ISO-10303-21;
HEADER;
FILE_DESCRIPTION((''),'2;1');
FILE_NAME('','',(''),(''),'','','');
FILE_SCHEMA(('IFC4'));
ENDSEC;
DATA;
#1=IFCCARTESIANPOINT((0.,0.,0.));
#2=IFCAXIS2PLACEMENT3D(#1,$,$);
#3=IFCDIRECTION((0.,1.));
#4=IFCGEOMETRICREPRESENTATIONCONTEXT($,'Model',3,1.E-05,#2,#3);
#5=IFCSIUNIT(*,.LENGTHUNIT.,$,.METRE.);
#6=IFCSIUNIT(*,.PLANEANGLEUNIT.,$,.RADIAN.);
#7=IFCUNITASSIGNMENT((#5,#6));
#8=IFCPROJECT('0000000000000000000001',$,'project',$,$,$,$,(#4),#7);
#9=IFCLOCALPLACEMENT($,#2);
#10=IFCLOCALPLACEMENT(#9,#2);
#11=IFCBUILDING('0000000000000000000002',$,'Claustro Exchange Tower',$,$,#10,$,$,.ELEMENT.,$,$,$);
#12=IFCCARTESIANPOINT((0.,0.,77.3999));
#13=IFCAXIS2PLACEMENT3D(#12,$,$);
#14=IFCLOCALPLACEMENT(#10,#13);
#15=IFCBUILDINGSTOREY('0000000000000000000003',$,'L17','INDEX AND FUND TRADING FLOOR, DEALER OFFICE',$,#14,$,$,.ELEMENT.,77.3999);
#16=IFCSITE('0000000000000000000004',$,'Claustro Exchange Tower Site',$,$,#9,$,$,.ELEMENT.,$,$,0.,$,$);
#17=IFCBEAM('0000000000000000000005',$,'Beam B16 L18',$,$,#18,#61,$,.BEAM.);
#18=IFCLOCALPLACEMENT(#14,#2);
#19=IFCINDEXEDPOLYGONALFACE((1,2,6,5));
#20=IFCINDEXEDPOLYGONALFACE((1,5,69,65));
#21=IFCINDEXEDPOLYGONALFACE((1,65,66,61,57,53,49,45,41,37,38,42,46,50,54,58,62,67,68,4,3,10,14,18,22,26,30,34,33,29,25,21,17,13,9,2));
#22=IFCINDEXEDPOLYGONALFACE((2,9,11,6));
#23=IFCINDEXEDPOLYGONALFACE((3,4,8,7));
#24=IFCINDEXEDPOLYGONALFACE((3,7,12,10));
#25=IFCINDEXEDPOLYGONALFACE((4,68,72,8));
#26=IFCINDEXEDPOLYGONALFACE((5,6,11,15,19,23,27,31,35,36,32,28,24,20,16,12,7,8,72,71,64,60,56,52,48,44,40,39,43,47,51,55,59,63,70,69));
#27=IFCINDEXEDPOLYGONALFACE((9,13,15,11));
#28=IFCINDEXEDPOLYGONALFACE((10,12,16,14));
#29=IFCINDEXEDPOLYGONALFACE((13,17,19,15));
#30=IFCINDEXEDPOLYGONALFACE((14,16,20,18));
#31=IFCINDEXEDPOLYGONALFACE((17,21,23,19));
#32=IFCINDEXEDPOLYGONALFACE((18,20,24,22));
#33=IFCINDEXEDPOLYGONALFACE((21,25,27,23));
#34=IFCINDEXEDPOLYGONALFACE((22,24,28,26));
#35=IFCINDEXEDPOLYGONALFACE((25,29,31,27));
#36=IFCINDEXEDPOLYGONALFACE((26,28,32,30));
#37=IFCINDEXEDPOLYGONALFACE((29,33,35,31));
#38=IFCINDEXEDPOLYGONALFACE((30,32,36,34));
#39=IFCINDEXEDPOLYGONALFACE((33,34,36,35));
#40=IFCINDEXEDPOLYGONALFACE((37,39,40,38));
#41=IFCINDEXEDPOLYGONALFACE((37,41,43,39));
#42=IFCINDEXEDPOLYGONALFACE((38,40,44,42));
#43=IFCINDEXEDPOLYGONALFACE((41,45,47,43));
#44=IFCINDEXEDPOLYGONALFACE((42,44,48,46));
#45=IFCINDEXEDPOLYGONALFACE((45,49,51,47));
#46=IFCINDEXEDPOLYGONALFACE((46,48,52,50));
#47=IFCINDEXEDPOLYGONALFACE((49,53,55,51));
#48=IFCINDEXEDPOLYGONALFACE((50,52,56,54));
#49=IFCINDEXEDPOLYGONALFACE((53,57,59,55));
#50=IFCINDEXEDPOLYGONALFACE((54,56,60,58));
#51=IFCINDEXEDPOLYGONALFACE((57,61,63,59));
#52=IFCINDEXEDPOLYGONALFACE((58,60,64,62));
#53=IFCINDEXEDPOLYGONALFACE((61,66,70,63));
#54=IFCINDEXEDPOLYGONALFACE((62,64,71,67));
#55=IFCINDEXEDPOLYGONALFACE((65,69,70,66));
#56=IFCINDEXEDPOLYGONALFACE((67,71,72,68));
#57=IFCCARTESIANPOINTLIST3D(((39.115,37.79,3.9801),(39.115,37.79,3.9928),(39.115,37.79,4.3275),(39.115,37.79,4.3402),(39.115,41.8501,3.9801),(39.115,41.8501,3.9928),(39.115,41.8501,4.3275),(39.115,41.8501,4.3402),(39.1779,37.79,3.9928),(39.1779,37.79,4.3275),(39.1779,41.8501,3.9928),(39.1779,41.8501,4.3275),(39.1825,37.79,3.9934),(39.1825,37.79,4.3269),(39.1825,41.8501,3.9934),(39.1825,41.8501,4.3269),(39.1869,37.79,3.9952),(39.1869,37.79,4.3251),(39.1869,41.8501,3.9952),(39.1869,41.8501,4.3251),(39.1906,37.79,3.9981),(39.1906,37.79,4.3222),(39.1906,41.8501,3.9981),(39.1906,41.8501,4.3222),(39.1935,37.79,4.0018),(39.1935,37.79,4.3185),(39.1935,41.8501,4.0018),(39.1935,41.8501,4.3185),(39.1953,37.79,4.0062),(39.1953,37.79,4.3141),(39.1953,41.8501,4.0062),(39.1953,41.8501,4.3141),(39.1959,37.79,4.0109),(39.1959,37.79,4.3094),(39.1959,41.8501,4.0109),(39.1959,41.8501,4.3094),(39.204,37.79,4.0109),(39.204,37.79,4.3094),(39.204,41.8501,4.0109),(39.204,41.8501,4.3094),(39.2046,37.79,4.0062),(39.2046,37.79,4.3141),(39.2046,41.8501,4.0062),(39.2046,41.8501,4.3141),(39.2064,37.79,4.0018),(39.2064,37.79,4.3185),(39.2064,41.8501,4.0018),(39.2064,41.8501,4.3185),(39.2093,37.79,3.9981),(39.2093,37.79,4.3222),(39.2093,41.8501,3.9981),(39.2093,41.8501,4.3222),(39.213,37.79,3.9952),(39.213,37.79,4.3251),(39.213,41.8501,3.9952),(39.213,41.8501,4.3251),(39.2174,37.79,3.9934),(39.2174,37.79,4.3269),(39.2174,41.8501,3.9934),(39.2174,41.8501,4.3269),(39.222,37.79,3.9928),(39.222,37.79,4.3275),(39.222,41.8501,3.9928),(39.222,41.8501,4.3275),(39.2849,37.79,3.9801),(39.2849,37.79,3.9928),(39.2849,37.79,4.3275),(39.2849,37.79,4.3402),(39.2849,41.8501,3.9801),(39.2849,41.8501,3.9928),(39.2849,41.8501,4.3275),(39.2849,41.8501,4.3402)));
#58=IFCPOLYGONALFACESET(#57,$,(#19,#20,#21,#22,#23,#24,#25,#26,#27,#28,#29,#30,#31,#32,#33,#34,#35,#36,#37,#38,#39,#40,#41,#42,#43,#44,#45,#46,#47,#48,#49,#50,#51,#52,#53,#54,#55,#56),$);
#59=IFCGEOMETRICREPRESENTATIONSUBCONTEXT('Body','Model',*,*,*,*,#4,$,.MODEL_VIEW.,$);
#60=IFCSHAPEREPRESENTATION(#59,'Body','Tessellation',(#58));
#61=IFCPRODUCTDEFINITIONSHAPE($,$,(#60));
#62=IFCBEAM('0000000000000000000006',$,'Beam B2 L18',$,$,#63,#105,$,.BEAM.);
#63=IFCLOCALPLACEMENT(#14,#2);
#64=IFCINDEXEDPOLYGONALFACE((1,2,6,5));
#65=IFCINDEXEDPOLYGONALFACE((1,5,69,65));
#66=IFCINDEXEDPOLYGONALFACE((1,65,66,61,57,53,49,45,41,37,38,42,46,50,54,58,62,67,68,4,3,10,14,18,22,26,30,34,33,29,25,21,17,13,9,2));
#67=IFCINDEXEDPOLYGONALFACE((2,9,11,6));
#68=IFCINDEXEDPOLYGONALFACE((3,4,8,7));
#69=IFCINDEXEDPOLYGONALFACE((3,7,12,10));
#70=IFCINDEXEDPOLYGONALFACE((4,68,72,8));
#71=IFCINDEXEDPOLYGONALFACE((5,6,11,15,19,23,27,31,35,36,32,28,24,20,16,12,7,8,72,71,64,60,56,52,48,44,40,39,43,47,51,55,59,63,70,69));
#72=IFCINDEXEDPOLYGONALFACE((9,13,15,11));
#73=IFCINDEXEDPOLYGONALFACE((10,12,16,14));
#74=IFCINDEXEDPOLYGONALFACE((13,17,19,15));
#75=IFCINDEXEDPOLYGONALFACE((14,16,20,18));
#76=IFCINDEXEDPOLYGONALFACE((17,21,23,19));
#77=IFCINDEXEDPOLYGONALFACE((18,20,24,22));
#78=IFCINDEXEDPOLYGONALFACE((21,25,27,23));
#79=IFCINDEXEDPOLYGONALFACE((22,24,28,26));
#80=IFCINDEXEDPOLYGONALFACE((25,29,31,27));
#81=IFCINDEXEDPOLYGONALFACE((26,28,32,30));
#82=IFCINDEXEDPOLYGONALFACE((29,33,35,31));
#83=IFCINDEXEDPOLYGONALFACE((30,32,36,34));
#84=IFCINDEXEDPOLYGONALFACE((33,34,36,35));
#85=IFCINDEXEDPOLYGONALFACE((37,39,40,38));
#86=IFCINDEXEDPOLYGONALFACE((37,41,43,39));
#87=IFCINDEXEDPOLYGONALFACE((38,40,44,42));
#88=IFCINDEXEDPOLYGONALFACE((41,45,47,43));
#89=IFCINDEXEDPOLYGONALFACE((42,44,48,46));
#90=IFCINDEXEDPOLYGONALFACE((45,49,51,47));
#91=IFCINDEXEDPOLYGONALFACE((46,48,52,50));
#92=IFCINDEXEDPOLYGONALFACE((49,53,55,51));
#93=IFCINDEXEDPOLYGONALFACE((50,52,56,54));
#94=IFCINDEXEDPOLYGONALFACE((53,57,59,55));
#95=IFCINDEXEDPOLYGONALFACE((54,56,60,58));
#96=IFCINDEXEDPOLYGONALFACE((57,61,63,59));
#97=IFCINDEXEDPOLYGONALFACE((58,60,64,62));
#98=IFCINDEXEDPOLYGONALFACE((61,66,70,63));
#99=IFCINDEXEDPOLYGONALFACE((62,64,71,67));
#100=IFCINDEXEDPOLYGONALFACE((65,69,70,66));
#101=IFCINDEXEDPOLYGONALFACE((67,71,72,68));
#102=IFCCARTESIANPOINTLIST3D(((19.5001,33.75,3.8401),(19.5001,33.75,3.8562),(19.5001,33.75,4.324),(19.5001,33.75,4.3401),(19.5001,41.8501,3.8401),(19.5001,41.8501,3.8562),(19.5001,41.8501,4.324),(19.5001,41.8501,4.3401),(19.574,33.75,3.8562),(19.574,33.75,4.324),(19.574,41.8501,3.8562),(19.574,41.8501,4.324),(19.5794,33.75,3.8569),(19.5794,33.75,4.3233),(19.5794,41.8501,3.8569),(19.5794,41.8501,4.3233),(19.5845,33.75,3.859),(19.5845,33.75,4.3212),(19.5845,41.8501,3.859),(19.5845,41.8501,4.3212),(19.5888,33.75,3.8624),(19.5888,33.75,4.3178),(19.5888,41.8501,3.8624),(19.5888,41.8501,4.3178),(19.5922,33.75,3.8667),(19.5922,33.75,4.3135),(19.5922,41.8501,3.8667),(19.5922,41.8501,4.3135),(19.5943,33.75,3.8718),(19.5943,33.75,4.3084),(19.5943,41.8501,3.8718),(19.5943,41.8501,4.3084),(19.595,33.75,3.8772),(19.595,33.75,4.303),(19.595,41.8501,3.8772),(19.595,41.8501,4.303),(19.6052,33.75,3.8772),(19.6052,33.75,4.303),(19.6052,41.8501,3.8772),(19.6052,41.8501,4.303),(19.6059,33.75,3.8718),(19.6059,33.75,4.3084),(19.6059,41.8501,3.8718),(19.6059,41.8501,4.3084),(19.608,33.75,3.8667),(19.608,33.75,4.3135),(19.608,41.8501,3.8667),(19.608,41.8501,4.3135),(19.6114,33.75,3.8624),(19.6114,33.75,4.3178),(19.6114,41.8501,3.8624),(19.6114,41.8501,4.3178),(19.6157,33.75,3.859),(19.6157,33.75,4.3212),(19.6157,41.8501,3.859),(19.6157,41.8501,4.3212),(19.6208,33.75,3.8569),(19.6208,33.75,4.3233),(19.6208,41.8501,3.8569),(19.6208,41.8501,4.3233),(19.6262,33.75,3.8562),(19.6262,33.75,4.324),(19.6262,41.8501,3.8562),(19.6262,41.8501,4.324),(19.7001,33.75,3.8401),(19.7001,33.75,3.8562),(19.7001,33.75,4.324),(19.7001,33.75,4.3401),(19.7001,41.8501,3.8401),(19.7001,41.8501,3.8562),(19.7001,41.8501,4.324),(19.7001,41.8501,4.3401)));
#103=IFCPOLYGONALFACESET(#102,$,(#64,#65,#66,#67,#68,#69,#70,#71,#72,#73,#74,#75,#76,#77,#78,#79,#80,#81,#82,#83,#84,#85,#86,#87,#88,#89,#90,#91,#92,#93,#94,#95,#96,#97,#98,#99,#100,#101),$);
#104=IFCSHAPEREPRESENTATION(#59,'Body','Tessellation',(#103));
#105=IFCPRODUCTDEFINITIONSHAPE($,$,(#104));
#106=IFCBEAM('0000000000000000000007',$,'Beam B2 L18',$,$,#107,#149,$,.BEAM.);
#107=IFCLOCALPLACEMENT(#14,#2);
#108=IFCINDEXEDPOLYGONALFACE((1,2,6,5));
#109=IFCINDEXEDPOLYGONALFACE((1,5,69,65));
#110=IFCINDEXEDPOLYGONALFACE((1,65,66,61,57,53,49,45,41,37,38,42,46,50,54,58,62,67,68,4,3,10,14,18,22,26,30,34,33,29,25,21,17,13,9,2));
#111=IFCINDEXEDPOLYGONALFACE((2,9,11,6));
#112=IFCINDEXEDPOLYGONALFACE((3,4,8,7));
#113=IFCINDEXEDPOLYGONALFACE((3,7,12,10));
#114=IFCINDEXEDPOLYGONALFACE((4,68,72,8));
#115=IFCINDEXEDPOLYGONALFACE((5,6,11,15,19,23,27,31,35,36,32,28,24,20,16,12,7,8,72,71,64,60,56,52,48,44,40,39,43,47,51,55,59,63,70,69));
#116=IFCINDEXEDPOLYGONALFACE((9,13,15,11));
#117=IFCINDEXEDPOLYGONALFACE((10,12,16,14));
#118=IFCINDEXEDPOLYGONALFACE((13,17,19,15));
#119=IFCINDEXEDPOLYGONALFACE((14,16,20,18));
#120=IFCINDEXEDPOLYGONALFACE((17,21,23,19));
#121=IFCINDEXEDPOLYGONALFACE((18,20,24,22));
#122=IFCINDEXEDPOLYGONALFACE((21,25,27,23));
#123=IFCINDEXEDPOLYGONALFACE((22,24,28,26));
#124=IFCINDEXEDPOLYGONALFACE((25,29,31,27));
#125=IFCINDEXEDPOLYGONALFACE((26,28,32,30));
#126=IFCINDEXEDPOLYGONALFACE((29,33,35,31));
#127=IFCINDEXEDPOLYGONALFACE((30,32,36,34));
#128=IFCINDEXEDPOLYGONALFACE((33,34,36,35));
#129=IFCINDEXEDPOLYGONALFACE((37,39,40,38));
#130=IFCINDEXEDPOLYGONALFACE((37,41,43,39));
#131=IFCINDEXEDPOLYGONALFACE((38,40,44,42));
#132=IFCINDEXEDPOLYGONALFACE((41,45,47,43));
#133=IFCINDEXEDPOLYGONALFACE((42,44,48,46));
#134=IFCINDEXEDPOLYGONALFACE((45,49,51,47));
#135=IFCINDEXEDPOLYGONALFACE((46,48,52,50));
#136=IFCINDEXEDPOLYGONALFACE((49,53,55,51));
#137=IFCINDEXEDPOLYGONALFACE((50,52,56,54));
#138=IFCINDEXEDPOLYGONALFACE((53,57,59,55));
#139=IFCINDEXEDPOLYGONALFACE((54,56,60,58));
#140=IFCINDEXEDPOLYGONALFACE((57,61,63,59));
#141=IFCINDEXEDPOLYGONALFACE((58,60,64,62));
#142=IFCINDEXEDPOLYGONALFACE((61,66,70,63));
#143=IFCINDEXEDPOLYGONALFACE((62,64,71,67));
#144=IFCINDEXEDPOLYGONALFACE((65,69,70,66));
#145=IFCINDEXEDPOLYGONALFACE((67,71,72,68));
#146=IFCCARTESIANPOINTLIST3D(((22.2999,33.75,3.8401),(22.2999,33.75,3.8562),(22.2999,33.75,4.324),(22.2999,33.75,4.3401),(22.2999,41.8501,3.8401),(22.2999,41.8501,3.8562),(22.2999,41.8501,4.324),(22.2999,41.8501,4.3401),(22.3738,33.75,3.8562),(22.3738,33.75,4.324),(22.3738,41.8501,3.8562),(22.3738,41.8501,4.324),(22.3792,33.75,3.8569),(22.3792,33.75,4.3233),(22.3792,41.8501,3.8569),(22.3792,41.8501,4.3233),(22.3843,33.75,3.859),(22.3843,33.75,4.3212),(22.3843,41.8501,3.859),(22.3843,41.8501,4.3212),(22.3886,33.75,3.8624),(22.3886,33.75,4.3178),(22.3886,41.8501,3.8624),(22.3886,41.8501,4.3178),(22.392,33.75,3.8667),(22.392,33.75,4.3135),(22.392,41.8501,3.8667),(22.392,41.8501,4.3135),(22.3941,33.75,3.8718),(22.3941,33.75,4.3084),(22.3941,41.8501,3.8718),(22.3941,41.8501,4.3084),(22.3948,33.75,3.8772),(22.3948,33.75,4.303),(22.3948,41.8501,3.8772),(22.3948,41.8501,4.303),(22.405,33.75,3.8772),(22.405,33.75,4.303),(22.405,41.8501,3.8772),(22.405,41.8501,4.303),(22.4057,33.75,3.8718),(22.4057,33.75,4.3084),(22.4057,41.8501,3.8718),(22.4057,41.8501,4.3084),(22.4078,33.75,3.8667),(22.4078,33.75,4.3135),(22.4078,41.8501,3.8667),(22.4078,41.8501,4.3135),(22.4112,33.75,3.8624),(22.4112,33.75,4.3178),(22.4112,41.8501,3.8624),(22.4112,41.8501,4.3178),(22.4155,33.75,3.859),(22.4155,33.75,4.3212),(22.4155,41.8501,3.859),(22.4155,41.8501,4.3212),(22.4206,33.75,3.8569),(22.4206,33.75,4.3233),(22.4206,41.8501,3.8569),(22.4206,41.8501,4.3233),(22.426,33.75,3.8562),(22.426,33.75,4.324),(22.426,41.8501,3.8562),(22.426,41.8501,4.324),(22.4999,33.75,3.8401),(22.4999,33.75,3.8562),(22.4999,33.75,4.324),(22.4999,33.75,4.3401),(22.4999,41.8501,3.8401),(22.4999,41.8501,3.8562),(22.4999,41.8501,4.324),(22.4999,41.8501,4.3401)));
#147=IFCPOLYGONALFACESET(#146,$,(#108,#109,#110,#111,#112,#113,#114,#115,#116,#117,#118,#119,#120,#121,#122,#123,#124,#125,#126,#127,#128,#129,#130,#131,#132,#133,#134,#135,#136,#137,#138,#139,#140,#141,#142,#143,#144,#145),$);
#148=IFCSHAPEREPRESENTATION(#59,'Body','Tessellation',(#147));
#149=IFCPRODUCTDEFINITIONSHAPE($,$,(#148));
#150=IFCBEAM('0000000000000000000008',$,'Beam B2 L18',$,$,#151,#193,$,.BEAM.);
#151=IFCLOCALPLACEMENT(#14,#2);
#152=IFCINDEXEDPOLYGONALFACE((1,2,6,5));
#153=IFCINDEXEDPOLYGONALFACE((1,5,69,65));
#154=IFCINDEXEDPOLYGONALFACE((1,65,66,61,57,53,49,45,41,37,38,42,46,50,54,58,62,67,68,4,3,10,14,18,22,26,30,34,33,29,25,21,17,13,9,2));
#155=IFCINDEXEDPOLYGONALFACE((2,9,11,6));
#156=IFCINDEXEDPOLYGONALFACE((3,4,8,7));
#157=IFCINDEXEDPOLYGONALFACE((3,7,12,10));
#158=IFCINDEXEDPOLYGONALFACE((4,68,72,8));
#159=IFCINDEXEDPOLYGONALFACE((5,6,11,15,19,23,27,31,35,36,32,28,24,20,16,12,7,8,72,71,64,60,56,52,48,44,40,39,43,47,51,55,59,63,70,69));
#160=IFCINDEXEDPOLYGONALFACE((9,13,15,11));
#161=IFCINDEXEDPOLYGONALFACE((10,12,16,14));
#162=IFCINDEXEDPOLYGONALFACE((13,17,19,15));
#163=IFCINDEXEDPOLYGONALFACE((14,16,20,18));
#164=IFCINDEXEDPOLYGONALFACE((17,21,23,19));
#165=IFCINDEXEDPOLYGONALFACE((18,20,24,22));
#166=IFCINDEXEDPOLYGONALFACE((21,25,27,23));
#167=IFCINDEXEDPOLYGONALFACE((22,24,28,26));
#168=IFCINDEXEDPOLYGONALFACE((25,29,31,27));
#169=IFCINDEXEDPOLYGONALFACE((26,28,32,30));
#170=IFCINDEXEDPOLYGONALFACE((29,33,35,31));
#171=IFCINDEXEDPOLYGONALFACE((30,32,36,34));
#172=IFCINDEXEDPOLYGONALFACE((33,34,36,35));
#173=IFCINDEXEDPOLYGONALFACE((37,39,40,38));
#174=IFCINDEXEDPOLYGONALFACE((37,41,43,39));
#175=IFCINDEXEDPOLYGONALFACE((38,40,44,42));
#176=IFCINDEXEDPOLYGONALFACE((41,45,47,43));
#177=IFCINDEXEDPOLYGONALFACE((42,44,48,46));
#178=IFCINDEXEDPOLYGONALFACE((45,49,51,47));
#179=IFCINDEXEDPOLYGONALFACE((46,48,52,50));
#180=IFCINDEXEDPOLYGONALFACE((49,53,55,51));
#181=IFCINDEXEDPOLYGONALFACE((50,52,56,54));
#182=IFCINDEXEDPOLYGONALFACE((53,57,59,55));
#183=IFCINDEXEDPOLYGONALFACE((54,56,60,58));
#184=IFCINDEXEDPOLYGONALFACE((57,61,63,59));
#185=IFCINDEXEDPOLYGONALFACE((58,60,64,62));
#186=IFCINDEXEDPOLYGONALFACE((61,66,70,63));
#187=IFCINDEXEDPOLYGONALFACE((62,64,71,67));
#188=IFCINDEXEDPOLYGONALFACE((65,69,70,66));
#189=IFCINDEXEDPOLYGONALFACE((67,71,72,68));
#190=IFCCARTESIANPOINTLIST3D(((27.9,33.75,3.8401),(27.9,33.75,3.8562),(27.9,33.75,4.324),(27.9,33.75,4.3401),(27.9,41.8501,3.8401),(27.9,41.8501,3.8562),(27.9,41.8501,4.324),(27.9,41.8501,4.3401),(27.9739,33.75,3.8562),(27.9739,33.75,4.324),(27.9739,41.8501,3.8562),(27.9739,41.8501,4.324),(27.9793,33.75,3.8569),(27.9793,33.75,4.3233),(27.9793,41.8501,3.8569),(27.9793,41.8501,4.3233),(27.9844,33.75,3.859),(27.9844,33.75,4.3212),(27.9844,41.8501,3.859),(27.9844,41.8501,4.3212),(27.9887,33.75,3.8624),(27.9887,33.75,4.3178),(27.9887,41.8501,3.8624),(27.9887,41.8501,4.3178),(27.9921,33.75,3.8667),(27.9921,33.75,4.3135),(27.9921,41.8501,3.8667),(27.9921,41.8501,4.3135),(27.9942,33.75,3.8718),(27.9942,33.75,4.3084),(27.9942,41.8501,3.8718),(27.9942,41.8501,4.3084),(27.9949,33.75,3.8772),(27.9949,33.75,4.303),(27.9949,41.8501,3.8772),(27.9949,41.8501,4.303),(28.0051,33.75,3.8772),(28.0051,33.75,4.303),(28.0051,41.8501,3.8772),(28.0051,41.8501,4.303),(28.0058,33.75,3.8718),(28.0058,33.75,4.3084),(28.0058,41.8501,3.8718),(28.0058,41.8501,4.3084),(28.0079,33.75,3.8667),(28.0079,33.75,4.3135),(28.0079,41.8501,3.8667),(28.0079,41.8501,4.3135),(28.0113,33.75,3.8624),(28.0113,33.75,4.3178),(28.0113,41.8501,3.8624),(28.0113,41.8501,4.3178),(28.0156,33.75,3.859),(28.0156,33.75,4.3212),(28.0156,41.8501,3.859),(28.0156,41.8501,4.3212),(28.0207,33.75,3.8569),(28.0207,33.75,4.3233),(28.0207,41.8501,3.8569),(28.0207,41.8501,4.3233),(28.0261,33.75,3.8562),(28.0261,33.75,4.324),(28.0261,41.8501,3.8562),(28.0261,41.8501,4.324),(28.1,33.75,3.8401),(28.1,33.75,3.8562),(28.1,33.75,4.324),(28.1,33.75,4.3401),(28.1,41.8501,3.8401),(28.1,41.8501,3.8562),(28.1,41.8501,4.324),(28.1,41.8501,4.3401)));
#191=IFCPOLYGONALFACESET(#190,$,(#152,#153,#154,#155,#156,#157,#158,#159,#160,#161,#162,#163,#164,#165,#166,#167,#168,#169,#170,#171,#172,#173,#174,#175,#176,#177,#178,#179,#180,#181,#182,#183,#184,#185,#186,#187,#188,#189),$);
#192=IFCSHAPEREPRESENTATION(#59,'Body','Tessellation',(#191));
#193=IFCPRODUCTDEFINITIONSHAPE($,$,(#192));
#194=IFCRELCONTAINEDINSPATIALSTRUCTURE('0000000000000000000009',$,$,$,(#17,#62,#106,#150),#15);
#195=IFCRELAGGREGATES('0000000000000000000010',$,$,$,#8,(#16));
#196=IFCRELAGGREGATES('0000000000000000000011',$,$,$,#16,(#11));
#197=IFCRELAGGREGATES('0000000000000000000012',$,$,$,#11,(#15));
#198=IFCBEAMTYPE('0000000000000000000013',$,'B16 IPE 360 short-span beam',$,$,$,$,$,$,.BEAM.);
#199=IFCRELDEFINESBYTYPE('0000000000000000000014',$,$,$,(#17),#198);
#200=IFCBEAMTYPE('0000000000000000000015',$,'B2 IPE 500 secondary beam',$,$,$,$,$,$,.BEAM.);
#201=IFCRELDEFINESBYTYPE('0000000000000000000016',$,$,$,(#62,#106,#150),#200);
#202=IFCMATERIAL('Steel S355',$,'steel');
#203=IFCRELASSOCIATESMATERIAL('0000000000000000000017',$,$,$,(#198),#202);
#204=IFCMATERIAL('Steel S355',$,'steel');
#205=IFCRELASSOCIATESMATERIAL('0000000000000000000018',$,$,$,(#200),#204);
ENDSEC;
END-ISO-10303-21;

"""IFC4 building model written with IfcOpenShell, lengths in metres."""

from ifc_helpers import new_model, si_unit, direction, frame, origin, origin_2d, place, context, subcontext, project, spatial, i_section, extrude, material, material_profile, profile_set, type_object, element, save


model = new_model("IFC4")

# Units and contexts
model_context = context("Model", 3, precision=1e-05, world=origin(), true_north=direction((0.0, 1.0)))
body_context = subcontext(model_context, "Body", "Model", "MODEL_VIEW")
ifc_project = project(units=[si_unit("LENGTHUNIT", "METRE"), si_unit("PLANEANGLEUNIT", "RADIAN")], contexts=[model_context])

# Site, building, storey
site_placement = place(None, origin())
site = spatial("IfcSite", under=ifc_project, at=site_placement, Name="Claustro Exchange Tower Site", CompositionType="ELEMENT", RefElevation=0.0)
building_placement = place(site_placement, origin())
building = spatial("IfcBuilding", under=site, at=building_placement, Name="Claustro Exchange Tower", CompositionType="ELEMENT")
storey_placement = place(building_placement, frame((0.0, 0.0, 77.3999)))
storey = spatial("IfcBuildingStorey", under=building, at=storey_placement, Name="L17", Description="INDEX AND FUND TRADING FLOOR, DEALER OFFICE", CompositionType="ELEMENT", Elevation=77.3999)

# Beams
ifc_material_1 = material(Name="Steel S355", Category="steel")
ifc_material_profile_1 = material_profile(ifc_material_1, i_section(OverallWidth=0.1699, OverallDepth=0.3601, WebThickness=0.0081, FlangeThickness=0.0127, FilletRadius=0.0181, at=origin_2d()), Name="IPE 360")
ifc_profile_set_1 = profile_set([ifc_material_profile_1], Name="Steel S355")
beam_type_1 = type_object("IfcBeamType", Name="B16 IPE 360 short-span beam", PredefinedType="BEAM", material=ifc_profile_set_1)
for number, where, z_axis, x_axis, name in (
    (1, (39.2, 37.79, 4.1602), (0.0, 1.0, 0.0), (-1.0, 0.0, 0.0), "Beam B16 L18"),
):
    element("IfcBeam", number, at=place(storey_placement, frame(where, z_axis=z_axis, x_axis=x_axis)), inside=storey, type_object=beam_type_1, Name=name, PredefinedType="BEAM", context=body_context, shape_type="SweptSolid", body=[
        extrude(i_section(OverallWidth=0.1699, OverallDepth=0.3601, WebThickness=0.0081, FlangeThickness=0.0127, FilletRadius=0.0181, at=origin_2d()), origin(), (0.0, 0.0, 1.0), 4.0601),
    ])
ifc_material_2 = material(Name="Steel S355", Category="steel")
ifc_material_profile_2 = material_profile(ifc_material_2, i_section(OverallWidth=0.2, OverallDepth=0.5, WebThickness=0.0103, FlangeThickness=0.0161, FilletRadius=0.021, at=origin_2d()), Name="IPE 500")
ifc_profile_set_2 = profile_set([ifc_material_profile_2], Name="Steel S355")
beam_type_2 = type_object("IfcBeamType", Name="B2 IPE 500 secondary beam", PredefinedType="BEAM", material=ifc_profile_set_2)
for number, where, z_axis, x_axis, name in (
    (2, (19.6001, 33.75, 4.0901), (0.0, 1.0, 0.0), (-1.0, 0.0, 0.0), "Beam B2 L18"),
    (3, (22.3999, 33.75, 4.0901), (0.0, 1.0, 0.0), (-1.0, 0.0, 0.0), "Beam B2 L18"),
    (4, (28.0, 33.75, 4.0901), (0.0, 1.0, 0.0), (-1.0, 0.0, 0.0), "Beam B2 L18"),
):
    element("IfcBeam", number, at=place(storey_placement, frame(where, z_axis=z_axis, x_axis=x_axis)), inside=storey, type_object=beam_type_2, Name=name, PredefinedType="BEAM", context=body_context, shape_type="SweptSolid", body=[
        extrude(i_section(OverallWidth=0.2, OverallDepth=0.5, WebThickness=0.0103, FlangeThickness=0.0161, FilletRadius=0.021, at=origin_2d()), origin(), (0.0, 0.0, 1.0), 8.1001),
    ])

save(model, "model.ifc")
